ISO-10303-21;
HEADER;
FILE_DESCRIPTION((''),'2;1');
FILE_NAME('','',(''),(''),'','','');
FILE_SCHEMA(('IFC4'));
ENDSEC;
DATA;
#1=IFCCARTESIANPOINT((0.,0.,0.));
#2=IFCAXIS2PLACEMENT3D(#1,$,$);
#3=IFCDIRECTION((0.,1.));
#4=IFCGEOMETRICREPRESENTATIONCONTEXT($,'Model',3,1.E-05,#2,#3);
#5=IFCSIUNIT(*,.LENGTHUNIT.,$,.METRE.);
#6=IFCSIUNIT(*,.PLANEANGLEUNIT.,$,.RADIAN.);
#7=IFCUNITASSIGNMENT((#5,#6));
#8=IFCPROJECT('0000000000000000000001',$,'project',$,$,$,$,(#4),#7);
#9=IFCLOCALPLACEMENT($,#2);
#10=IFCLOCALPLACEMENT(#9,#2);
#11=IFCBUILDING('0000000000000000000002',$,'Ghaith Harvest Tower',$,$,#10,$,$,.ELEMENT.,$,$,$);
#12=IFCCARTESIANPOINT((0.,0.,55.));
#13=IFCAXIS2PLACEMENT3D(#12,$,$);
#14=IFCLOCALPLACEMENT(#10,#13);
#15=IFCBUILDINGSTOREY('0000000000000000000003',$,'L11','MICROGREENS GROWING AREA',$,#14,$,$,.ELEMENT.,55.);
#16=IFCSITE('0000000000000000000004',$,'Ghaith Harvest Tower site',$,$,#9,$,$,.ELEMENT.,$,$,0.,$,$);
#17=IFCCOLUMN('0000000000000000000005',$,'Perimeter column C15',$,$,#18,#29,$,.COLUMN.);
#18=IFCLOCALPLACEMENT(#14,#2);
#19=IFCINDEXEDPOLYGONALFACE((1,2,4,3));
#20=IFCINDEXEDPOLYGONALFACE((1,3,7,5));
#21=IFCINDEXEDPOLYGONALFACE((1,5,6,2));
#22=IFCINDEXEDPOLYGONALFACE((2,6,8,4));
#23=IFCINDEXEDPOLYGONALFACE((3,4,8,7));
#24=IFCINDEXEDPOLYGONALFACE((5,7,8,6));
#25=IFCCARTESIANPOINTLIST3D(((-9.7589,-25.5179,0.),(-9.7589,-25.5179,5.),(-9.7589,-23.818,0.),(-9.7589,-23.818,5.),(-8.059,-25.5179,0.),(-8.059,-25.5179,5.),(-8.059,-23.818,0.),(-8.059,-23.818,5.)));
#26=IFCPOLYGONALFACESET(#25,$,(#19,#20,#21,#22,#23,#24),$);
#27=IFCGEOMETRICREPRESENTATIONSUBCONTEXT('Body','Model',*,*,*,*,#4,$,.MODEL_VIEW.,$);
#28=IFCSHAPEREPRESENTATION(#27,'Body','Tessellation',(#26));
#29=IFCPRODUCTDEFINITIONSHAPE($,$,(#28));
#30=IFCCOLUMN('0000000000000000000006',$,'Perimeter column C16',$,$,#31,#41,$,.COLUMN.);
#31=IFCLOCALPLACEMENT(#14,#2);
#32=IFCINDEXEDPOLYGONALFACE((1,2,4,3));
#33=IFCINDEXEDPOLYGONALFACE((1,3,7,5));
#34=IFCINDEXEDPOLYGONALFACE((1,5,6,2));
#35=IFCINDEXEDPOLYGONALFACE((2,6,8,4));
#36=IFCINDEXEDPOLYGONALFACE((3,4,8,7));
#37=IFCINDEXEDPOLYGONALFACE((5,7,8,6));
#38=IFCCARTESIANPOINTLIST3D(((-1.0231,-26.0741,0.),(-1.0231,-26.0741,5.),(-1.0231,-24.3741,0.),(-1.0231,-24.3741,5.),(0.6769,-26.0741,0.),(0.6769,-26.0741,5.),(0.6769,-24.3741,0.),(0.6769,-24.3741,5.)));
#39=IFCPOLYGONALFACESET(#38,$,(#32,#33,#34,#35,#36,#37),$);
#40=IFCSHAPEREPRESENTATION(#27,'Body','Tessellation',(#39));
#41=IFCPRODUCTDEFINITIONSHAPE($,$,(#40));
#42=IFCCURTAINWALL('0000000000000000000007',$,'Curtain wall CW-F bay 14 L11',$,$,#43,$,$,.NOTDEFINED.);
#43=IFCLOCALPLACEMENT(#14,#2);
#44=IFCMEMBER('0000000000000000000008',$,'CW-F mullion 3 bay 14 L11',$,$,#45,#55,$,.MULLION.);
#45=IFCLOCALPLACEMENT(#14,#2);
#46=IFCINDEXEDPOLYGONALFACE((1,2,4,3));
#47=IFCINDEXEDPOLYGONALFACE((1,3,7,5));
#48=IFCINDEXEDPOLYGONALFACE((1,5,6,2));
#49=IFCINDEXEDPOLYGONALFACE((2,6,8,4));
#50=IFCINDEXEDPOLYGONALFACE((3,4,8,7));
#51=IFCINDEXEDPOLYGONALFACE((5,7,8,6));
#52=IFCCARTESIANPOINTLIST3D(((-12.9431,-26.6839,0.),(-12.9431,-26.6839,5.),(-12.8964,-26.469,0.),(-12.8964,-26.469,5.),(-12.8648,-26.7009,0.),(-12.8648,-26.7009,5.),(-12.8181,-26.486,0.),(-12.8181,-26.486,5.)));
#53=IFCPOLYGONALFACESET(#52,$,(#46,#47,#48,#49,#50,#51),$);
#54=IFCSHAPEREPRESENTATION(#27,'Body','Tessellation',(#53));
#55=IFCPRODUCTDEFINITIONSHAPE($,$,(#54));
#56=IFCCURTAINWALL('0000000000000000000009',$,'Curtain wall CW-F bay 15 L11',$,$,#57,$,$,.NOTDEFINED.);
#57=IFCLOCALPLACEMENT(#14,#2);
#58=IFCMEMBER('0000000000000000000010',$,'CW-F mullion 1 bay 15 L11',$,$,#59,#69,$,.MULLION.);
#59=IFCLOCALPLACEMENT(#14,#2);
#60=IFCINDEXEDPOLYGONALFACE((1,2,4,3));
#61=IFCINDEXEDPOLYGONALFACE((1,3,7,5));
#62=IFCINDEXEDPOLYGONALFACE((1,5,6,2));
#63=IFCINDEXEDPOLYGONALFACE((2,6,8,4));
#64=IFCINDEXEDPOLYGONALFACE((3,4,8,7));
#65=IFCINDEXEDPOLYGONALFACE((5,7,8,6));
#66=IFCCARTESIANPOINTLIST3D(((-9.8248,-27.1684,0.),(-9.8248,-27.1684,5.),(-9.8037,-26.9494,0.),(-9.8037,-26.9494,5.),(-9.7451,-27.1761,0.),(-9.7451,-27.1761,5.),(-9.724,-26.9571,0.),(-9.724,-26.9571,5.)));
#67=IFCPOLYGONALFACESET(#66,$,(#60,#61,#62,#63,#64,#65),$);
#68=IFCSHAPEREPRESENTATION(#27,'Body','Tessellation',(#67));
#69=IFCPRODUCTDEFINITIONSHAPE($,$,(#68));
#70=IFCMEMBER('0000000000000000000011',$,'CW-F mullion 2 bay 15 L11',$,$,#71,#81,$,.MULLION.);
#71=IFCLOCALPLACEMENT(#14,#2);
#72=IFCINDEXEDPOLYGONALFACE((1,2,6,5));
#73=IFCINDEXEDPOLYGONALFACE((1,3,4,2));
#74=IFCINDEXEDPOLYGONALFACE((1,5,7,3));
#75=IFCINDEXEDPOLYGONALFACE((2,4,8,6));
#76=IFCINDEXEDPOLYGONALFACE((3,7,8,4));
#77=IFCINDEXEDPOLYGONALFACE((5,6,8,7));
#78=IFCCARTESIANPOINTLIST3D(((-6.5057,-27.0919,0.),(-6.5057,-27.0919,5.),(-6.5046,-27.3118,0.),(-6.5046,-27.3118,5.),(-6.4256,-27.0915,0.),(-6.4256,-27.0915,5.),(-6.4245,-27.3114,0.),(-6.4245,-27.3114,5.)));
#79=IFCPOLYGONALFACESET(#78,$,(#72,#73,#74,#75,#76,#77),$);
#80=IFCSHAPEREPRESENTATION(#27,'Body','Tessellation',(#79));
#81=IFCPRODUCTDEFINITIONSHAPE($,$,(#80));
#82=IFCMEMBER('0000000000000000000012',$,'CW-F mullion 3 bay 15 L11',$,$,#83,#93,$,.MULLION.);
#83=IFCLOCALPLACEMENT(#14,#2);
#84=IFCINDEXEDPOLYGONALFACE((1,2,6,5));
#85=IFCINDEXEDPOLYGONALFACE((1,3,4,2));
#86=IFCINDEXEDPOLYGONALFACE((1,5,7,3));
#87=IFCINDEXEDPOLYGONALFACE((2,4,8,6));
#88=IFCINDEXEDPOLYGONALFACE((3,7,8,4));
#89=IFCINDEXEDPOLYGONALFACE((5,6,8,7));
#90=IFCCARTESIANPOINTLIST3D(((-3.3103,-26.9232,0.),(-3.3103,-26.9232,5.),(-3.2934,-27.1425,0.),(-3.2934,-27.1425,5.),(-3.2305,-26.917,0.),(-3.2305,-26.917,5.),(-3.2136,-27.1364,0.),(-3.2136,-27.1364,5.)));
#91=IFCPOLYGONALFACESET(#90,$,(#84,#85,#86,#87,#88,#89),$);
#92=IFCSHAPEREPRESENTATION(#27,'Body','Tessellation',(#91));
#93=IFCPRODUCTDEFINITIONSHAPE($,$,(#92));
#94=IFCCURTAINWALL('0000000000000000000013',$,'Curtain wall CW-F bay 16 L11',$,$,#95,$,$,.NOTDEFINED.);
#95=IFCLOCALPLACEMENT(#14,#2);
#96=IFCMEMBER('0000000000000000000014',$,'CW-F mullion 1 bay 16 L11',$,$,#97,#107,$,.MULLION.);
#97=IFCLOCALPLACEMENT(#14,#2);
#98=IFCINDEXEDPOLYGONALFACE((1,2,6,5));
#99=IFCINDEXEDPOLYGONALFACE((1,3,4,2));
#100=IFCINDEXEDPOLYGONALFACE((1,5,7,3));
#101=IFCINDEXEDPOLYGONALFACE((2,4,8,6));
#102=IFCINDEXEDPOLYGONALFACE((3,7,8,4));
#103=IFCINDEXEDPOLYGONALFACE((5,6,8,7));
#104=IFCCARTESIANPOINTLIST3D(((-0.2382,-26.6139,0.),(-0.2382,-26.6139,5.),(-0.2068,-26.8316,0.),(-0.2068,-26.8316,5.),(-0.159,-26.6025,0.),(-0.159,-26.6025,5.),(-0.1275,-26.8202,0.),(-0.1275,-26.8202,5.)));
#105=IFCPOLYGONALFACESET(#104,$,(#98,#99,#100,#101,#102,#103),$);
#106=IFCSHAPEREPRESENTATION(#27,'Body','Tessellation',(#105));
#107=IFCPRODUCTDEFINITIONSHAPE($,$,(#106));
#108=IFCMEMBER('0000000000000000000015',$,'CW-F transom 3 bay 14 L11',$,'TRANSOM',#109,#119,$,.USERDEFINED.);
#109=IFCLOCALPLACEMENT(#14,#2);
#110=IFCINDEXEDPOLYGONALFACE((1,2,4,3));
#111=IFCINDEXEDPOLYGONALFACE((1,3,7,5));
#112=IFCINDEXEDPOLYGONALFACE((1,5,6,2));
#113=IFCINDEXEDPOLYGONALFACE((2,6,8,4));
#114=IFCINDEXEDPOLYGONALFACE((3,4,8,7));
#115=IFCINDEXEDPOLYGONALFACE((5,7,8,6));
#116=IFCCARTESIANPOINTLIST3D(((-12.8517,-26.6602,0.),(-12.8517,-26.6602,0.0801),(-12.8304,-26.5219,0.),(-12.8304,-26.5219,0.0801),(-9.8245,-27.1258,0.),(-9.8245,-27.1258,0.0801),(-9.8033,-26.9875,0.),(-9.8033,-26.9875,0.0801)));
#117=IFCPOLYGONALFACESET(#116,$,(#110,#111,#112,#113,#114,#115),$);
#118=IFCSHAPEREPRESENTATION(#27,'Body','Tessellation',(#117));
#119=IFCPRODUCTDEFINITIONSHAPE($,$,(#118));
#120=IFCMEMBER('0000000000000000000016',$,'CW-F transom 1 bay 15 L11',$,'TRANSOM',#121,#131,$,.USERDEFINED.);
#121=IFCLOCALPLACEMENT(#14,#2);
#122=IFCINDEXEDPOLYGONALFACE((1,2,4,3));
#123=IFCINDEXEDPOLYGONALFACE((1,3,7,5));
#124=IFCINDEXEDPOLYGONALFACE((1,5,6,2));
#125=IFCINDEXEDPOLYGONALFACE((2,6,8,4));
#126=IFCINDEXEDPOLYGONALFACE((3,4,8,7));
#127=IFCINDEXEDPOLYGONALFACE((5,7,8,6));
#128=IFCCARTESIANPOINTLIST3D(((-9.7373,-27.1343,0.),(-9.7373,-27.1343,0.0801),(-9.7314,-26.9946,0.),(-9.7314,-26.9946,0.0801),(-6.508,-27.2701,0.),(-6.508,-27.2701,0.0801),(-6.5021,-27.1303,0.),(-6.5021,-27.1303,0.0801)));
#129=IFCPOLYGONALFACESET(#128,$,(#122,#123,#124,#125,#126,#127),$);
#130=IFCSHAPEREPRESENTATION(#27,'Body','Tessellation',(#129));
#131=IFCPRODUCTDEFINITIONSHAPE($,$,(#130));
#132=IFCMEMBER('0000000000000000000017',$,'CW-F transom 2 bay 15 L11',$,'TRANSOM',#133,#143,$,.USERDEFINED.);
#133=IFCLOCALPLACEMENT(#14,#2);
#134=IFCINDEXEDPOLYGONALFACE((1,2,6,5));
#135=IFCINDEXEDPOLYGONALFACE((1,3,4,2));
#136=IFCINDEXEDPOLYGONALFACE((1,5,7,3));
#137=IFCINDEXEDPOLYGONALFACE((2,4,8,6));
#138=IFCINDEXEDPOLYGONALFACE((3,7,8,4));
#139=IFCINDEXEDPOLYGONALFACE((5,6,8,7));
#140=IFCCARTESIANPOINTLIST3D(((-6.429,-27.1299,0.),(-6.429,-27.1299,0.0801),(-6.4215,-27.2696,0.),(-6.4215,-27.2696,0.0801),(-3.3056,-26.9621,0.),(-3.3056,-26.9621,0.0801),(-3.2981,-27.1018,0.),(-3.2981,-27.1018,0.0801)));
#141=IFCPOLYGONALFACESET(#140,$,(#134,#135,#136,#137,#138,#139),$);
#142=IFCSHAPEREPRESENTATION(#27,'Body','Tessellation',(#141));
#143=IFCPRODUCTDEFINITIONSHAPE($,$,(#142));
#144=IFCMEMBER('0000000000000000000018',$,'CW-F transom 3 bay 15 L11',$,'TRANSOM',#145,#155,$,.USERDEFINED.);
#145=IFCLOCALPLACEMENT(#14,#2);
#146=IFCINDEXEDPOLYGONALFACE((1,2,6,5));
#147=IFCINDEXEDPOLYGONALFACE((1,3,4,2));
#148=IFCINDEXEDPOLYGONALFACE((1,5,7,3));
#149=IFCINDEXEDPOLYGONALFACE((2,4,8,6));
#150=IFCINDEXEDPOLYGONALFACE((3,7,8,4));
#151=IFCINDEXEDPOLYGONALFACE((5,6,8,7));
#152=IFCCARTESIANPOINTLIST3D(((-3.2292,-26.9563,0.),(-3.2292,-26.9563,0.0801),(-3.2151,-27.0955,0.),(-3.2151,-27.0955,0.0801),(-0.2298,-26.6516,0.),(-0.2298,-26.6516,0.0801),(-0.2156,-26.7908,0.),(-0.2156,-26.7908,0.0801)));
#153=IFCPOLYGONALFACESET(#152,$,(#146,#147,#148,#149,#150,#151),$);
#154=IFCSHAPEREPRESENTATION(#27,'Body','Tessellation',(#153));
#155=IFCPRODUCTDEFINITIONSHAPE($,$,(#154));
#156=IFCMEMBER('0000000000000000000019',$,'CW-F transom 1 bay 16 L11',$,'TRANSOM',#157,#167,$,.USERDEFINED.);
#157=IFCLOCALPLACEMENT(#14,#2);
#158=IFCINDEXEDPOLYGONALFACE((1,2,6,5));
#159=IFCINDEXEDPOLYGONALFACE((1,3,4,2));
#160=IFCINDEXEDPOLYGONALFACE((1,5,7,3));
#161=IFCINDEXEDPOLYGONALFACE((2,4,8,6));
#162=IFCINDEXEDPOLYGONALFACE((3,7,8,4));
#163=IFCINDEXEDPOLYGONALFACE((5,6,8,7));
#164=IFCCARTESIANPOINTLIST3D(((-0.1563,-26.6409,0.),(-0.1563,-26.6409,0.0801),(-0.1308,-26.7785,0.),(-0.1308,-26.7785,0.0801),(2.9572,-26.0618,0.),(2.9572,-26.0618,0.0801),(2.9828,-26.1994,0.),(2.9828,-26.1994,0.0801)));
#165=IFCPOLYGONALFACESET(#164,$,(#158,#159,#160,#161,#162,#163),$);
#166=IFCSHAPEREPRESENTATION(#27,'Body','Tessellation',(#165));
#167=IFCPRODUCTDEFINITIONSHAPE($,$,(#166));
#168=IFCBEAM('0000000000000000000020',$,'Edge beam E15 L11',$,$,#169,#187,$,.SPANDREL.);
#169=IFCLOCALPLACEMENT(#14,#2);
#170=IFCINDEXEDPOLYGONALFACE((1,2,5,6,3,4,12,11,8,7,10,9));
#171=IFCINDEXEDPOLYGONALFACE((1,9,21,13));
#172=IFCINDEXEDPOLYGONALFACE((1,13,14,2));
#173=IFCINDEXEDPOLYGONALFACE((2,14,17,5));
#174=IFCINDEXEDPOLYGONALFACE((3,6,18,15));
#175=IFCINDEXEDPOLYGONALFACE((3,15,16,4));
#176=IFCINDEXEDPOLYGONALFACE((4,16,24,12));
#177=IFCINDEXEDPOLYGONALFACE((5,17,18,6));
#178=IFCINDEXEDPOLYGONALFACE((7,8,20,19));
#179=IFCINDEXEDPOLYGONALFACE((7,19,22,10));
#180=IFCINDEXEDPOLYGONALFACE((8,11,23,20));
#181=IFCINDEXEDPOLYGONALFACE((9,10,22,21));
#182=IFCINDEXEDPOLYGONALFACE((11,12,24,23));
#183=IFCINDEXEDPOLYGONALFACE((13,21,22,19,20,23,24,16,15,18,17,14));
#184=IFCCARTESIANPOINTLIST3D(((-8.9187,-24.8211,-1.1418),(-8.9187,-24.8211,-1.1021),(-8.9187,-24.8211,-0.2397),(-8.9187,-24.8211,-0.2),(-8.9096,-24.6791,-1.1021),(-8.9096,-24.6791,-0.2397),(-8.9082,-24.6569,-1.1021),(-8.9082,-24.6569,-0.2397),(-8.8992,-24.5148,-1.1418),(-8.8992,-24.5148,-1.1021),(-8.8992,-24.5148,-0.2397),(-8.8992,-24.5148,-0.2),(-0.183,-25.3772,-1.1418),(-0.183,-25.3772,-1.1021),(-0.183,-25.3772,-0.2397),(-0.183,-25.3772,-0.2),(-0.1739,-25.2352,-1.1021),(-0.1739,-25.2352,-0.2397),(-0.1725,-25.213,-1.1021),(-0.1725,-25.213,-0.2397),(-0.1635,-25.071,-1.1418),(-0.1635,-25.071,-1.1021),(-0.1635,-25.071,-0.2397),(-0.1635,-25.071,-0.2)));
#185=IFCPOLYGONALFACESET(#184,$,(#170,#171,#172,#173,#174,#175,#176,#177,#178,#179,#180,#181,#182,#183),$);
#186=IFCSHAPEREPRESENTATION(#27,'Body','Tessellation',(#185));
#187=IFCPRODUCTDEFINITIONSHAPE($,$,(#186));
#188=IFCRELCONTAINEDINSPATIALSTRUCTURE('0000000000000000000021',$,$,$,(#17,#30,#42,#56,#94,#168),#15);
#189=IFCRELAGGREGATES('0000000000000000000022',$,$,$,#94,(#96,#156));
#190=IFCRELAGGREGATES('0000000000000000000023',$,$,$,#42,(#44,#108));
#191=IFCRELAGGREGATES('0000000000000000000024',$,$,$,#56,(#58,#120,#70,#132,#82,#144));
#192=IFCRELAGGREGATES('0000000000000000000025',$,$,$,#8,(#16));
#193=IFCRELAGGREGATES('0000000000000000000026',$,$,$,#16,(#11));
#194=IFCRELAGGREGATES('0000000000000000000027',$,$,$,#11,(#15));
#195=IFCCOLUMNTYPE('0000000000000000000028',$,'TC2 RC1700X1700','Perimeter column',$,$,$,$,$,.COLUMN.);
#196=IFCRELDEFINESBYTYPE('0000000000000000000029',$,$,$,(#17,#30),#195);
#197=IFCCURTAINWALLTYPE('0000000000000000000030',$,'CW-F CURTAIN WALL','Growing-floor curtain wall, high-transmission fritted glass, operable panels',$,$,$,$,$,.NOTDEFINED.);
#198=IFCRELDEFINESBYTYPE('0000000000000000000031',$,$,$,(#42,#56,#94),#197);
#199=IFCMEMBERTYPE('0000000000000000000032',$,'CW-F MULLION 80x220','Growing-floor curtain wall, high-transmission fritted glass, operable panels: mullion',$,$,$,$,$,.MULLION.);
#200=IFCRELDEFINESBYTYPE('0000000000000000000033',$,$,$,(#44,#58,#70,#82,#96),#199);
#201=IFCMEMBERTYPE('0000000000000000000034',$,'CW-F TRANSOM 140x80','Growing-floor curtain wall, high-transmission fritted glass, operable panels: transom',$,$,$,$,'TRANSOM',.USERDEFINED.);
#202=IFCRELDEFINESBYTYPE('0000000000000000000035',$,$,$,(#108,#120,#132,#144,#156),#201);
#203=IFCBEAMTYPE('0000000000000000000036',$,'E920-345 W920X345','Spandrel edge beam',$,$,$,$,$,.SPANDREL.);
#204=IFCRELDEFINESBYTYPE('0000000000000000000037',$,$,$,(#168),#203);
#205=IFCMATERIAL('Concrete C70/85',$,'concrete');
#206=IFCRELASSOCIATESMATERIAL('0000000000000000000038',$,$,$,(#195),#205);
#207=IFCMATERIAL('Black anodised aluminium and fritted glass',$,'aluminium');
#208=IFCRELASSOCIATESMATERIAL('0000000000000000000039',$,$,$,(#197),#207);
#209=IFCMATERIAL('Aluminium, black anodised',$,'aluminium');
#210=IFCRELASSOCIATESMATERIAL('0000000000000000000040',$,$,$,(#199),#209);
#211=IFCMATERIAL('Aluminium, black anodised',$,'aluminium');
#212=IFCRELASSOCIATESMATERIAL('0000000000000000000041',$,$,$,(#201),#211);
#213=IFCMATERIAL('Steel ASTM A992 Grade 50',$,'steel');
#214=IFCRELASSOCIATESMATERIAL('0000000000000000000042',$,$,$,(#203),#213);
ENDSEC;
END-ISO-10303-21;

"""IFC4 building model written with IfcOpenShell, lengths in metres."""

from ifc_helpers import new_model, si_unit, direction, frame, origin, origin_2d, place, context, subcontext, project, spatial, rectangle, i_section, extrude, material, material_profile, profile_set, type_object, element, aggregate, save


model = new_model("IFC4")

# Units and contexts
model_context = context("Model", 3, precision=1e-05, world=origin(), true_north=direction((0.0, 1.0)))
body_context = subcontext(model_context, "Body", "Model", "MODEL_VIEW")
ifc_project = project(units=[si_unit("LENGTHUNIT", "METRE"), si_unit("PLANEANGLEUNIT", "RADIAN")], contexts=[model_context])

# Site, building, storey
site_placement = place(None, origin())
site = spatial("IfcSite", under=ifc_project, at=site_placement, Name="Ghaith Harvest Tower site", CompositionType="ELEMENT", RefElevation=0.0)
building_placement = place(site_placement, origin())
building = spatial("IfcBuilding", under=site, at=building_placement, Name="Ghaith Harvest Tower", CompositionType="ELEMENT")
storey_placement = place(building_placement, frame((0.0, 0.0, 55.0)))
storey = spatial("IfcBuildingStorey", under=building, at=storey_placement, Name="L11", Description="MICROGREENS GROWING AREA", CompositionType="ELEMENT", Elevation=55.0)

# Columns
ifc_material_1 = material(Name="Concrete C70/85", Category="concrete")
ifc_material_profile_1 = material_profile(ifc_material_1, rectangle(XDim=1.7, YDim=1.7, at=origin_2d()), Name="RC1700X1700")
ifc_profile_set_1 = profile_set([ifc_material_profile_1], Name="Concrete C70/85")
column_type = type_object("IfcColumnType", Name="TC2 RC1700X1700", Description="Perimeter column", PredefinedType="COLUMN", material=ifc_profile_set_1)
for number, where, z_axis, x_axis, name in (
    (1, (-8.9089, -24.668, 0.0), (0.0, 0.0, 1.0), (1.0, 0.0, 0.0), "Perimeter column C15"),
    (2, (-0.1731, -25.2241, 0.0), (0.0, 0.0, 1.0), (1.0, 0.0, 0.0), "Perimeter column C16"),
):
    element("IfcColumn", number, at=place(storey_placement, frame(where, z_axis=z_axis, x_axis=x_axis)), inside=storey, type_object=column_type, Name=name, PredefinedType="COLUMN", context=body_context, shape_type="SweptSolid", body=[
        extrude(rectangle(XDim=1.7, YDim=1.7, at=origin_2d()), origin(), (0.0, 0.0, 1.0), 5.0),
    ])

# Curtain wall, member
ifc_material_2 = material(Name="Black anodised aluminium and fritted glass", Category="aluminium")
curtain_wall_type = type_object("IfcCurtainWallType", Name="CW-F CURTAIN WALL", Description="Growing-floor curtain wall, high-transmission fritted glass, operable panels", PredefinedType="NOTDEFINED", material=ifc_material_2)
curtain_wall_1_placement = place(storey_placement, origin())
curtain_wall_1 = element("IfcCurtainWall", 3, at=curtain_wall_1_placement, inside=storey, type_object=curtain_wall_type, Name="Curtain wall CW-F bay 14 L11", PredefinedType="NOTDEFINED")
ifc_material_3 = material(Name="Aluminium, black anodised", Category="aluminium")
ifc_material_profile_2 = material_profile(ifc_material_3, rectangle(XDim=0.0801, YDim=0.22, at=origin_2d()), Name="CW-F MULLION 80x220")
ifc_profile_set_2 = profile_set([ifc_material_profile_2], Name="Aluminium, black anodised")
member_type_1 = type_object("IfcMemberType", Name="CW-F MULLION 80x220", Description="Growing-floor curtain wall, high-transmission fritted glass, operable panels: mullion", PredefinedType="MULLION", material=ifc_profile_set_2)
member_1_placement = place(storey_placement, frame((-12.8806, -26.585, 0.0), z_axis=(0.0, 0.0, 1.0), x_axis=(0.977207, -0.212289, 0.0)))
member_1 = element("IfcMember", 4, at=member_1_placement, type_object=member_type_1, Name="CW-F mullion 3 bay 14 L11", PredefinedType="MULLION", context=body_context, shape_type="SweptSolid", body=[
    extrude(rectangle(XDim=0.0801, YDim=0.22, at=origin_2d()), origin(), (0.0, 0.0, 1.0), 5.0),
])

# Curtain wall, members
curtain_wall_2_placement = place(storey_placement, origin())
curtain_wall_2 = element("IfcCurtainWall", 5, at=curtain_wall_2_placement, inside=storey, type_object=curtain_wall_type, Name="Curtain wall CW-F bay 15 L11", PredefinedType="NOTDEFINED")
member_2_placement = place(storey_placement, frame((-9.7744, -27.0627, 0.0), z_axis=(0.0, 0.0, 1.0), x_axis=(0.995408, -0.095718, 0.0)))
member_2 = element("IfcMember", 6, at=member_2_placement, type_object=member_type_1, Name="CW-F mullion 1 bay 15 L11", PredefinedType="MULLION", context=body_context, shape_type="SweptSolid", body=[
    extrude(rectangle(XDim=0.0801, YDim=0.22, at=origin_2d()), origin(), (0.0, 0.0, 1.0), 5.0),
])
member_3_placement = place(storey_placement, frame((-6.4651, -27.2017, 0.0), z_axis=(0.0, 0.0, 1.0), x_axis=(0.999987, 0.005058, 0.0)))
member_3 = element("IfcMember", 7, at=member_3_placement, type_object=member_type_1, Name="CW-F mullion 2 bay 15 L11", PredefinedType="MULLION", context=body_context, shape_type="SweptSolid", body=[
    extrude(rectangle(XDim=0.0801, YDim=0.22, at=origin_2d()), origin(), (0.0, 0.0, 1.0), 5.0),
])
member_4_placement = place(storey_placement, frame((-3.262, -27.0298, 0.0), z_axis=(0.0, 0.0, 1.0), x_axis=(0.997038, 0.076917, 0.0)))
member_4 = element("IfcMember", 8, at=member_4_placement, type_object=member_type_1, Name="CW-F mullion 3 bay 15 L11", PredefinedType="MULLION", context=body_context, shape_type="SweptSolid", body=[
    extrude(rectangle(XDim=0.0801, YDim=0.22, at=origin_2d()), origin(), (0.0, 0.0, 1.0), 5.0),
])

# Curtain wall, member
curtain_wall_3_placement = place(storey_placement, origin())
curtain_wall_3 = element("IfcCurtainWall", 9, at=curtain_wall_3_placement, inside=storey, type_object=curtain_wall_type, Name="Curtain wall CW-F bay 16 L11", PredefinedType="NOTDEFINED")
member_5_placement = place(storey_placement, frame((-0.1829, -26.717, 0.0), z_axis=(0.0, 0.0, 1.0), x_axis=(0.989712, 0.143075, 0.0)))
member_5 = element("IfcMember", 10, at=member_5_placement, type_object=member_type_1, Name="CW-F mullion 1 bay 16 L11", PredefinedType="MULLION", context=body_context, shape_type="SweptSolid", body=[
    extrude(rectangle(XDim=0.0801, YDim=0.22, at=origin_2d()), origin(), (0.0, 0.0, 1.0), 5.0),
])

# Members
ifc_material_4 = material(Name="Aluminium, black anodised", Category="aluminium")
ifc_material_profile_3 = material_profile(ifc_material_4, rectangle(XDim=0.1399, YDim=0.0801, at=origin_2d()), Name="CW-F TRANSOM 140x80")
ifc_profile_set_3 = profile_set([ifc_material_profile_3], Name="Aluminium, black anodised")
member_type_2 = type_object("IfcMemberType", Name="CW-F TRANSOM 140x80", Description="Growing-floor curtain wall, high-transmission fritted glass, operable panels: transom", ElementType="TRANSOM", PredefinedType="USERDEFINED", material=ifc_profile_set_3)
member_6_placement = place(storey_placement, frame((-12.8411, -26.5911, 0.04), z_axis=(0.988378, -0.152015, 0.0), x_axis=(0.152015, 0.988378, 0.0)))
member_6 = element("IfcMember", 11, at=member_6_placement, type_object=member_type_2, Name="CW-F transom 3 bay 14 L11", ObjectType="TRANSOM", PredefinedType="USERDEFINED", context=body_context, shape_type="SweptSolid", body=[
    extrude(rectangle(XDim=0.1399, YDim=0.0801, at=origin_2d()), origin(), (0.0, 0.0, 1.0), 3.0627),
])
member_7_placement = place(storey_placement, frame((-9.7344, -27.0645, 0.04), z_axis=(0.999118, -0.041998, 0.0), x_axis=(0.041998, 0.999118, 0.0)))
member_7 = element("IfcMember", 12, at=member_7_placement, type_object=member_type_2, Name="CW-F transom 1 bay 15 L11", ObjectType="TRANSOM", PredefinedType="USERDEFINED", context=body_context, shape_type="SweptSolid", body=[
    extrude(rectangle(XDim=0.1399, YDim=0.0801, at=origin_2d()), origin(), (0.0, 0.0, 1.0), 3.2322),
])
member_8_placement = place(storey_placement, frame((-6.4253, -27.1997, 0.04), z_axis=(0.998561, 0.05362, 0.0), x_axis=(-0.05362, 0.998561, 0.0)))
member_8 = element("IfcMember", 13, at=member_8_placement, type_object=member_type_2, Name="CW-F transom 2 bay 15 L11", ObjectType="TRANSOM", PredefinedType="USERDEFINED", context=body_context, shape_type="SweptSolid", body=[
    extrude(rectangle(XDim=0.1399, YDim=0.0801, at=origin_2d()), origin(), (0.0, 0.0, 1.0), 3.1279),
])
member_9_placement = place(storey_placement, frame((-3.2222, -27.0259, 0.04), z_axis=(0.99488, 0.101059, 0.0), x_axis=(-0.101059, 0.99488, 0.0)))
member_9 = element("IfcMember", 14, at=member_9_placement, type_object=member_type_2, Name="CW-F transom 3 bay 15 L11", ObjectType="TRANSOM", PredefinedType="USERDEFINED", context=body_context, shape_type="SweptSolid", body=[
    extrude(rectangle(XDim=0.1399, YDim=0.0801, at=origin_2d()), origin(), (0.0, 0.0, 1.0), 3.0149),
])
member_10_placement = place(storey_placement, frame((-0.1436, -26.7097, 0.04), z_axis=(0.983139, 0.182859, 0.0), x_axis=(-0.182859, 0.983139, 0.0)))
member_10 = element("IfcMember", 15, at=member_10_placement, type_object=member_type_2, Name="CW-F transom 1 bay 16 L11", ObjectType="TRANSOM", PredefinedType="USERDEFINED", context=body_context, shape_type="SweptSolid", body=[
    extrude(rectangle(XDim=0.1399, YDim=0.0801, at=origin_2d()), origin(), (0.0, 0.0, 1.0), 3.167),
])
aggregate(curtain_wall_3, [member_5, member_10])

# Beam
ifc_material_5 = material(Name="Steel ASTM A992 Grade 50", Category="steel")
ifc_material_profile_4 = material_profile(ifc_material_5, i_section(OverallWidth=0.3069, OverallDepth=0.9419, WebThickness=0.0222, FlangeThickness=0.0398, at=origin_2d()), Name="W920X345")
ifc_profile_set_4 = profile_set([ifc_material_profile_4], Name="Steel ASTM A992 Grade 50")
beam_type_1 = type_object("IfcBeamType", Name="E920-345 W920X345", Description="Spandrel edge beam", PredefinedType="SPANDREL", material=ifc_profile_set_4)
beam_1_placement = place(storey_placement, frame((-8.9089, -24.668, -0.6709), z_axis=(0.99798, -0.063535, 0.0), x_axis=(0.063535, 0.99798, 0.0)))
element("IfcBeam", 16, at=beam_1_placement, inside=storey, type_object=beam_type_1, Name="Edge beam E15 L11", PredefinedType="SPANDREL", context=body_context, shape_type="SweptSolid", body=[
    extrude(i_section(OverallWidth=0.3069, OverallDepth=0.9419, WebThickness=0.0222, FlangeThickness=0.0398, at=origin_2d()), origin(), (0.0, 0.0, 1.0), 8.7534),
])

aggregate(curtain_wall_1, [member_1, member_6])
aggregate(curtain_wall_2, [member_2, member_7, member_3, member_8, member_4, member_9])

save(model, "model.ifc")
